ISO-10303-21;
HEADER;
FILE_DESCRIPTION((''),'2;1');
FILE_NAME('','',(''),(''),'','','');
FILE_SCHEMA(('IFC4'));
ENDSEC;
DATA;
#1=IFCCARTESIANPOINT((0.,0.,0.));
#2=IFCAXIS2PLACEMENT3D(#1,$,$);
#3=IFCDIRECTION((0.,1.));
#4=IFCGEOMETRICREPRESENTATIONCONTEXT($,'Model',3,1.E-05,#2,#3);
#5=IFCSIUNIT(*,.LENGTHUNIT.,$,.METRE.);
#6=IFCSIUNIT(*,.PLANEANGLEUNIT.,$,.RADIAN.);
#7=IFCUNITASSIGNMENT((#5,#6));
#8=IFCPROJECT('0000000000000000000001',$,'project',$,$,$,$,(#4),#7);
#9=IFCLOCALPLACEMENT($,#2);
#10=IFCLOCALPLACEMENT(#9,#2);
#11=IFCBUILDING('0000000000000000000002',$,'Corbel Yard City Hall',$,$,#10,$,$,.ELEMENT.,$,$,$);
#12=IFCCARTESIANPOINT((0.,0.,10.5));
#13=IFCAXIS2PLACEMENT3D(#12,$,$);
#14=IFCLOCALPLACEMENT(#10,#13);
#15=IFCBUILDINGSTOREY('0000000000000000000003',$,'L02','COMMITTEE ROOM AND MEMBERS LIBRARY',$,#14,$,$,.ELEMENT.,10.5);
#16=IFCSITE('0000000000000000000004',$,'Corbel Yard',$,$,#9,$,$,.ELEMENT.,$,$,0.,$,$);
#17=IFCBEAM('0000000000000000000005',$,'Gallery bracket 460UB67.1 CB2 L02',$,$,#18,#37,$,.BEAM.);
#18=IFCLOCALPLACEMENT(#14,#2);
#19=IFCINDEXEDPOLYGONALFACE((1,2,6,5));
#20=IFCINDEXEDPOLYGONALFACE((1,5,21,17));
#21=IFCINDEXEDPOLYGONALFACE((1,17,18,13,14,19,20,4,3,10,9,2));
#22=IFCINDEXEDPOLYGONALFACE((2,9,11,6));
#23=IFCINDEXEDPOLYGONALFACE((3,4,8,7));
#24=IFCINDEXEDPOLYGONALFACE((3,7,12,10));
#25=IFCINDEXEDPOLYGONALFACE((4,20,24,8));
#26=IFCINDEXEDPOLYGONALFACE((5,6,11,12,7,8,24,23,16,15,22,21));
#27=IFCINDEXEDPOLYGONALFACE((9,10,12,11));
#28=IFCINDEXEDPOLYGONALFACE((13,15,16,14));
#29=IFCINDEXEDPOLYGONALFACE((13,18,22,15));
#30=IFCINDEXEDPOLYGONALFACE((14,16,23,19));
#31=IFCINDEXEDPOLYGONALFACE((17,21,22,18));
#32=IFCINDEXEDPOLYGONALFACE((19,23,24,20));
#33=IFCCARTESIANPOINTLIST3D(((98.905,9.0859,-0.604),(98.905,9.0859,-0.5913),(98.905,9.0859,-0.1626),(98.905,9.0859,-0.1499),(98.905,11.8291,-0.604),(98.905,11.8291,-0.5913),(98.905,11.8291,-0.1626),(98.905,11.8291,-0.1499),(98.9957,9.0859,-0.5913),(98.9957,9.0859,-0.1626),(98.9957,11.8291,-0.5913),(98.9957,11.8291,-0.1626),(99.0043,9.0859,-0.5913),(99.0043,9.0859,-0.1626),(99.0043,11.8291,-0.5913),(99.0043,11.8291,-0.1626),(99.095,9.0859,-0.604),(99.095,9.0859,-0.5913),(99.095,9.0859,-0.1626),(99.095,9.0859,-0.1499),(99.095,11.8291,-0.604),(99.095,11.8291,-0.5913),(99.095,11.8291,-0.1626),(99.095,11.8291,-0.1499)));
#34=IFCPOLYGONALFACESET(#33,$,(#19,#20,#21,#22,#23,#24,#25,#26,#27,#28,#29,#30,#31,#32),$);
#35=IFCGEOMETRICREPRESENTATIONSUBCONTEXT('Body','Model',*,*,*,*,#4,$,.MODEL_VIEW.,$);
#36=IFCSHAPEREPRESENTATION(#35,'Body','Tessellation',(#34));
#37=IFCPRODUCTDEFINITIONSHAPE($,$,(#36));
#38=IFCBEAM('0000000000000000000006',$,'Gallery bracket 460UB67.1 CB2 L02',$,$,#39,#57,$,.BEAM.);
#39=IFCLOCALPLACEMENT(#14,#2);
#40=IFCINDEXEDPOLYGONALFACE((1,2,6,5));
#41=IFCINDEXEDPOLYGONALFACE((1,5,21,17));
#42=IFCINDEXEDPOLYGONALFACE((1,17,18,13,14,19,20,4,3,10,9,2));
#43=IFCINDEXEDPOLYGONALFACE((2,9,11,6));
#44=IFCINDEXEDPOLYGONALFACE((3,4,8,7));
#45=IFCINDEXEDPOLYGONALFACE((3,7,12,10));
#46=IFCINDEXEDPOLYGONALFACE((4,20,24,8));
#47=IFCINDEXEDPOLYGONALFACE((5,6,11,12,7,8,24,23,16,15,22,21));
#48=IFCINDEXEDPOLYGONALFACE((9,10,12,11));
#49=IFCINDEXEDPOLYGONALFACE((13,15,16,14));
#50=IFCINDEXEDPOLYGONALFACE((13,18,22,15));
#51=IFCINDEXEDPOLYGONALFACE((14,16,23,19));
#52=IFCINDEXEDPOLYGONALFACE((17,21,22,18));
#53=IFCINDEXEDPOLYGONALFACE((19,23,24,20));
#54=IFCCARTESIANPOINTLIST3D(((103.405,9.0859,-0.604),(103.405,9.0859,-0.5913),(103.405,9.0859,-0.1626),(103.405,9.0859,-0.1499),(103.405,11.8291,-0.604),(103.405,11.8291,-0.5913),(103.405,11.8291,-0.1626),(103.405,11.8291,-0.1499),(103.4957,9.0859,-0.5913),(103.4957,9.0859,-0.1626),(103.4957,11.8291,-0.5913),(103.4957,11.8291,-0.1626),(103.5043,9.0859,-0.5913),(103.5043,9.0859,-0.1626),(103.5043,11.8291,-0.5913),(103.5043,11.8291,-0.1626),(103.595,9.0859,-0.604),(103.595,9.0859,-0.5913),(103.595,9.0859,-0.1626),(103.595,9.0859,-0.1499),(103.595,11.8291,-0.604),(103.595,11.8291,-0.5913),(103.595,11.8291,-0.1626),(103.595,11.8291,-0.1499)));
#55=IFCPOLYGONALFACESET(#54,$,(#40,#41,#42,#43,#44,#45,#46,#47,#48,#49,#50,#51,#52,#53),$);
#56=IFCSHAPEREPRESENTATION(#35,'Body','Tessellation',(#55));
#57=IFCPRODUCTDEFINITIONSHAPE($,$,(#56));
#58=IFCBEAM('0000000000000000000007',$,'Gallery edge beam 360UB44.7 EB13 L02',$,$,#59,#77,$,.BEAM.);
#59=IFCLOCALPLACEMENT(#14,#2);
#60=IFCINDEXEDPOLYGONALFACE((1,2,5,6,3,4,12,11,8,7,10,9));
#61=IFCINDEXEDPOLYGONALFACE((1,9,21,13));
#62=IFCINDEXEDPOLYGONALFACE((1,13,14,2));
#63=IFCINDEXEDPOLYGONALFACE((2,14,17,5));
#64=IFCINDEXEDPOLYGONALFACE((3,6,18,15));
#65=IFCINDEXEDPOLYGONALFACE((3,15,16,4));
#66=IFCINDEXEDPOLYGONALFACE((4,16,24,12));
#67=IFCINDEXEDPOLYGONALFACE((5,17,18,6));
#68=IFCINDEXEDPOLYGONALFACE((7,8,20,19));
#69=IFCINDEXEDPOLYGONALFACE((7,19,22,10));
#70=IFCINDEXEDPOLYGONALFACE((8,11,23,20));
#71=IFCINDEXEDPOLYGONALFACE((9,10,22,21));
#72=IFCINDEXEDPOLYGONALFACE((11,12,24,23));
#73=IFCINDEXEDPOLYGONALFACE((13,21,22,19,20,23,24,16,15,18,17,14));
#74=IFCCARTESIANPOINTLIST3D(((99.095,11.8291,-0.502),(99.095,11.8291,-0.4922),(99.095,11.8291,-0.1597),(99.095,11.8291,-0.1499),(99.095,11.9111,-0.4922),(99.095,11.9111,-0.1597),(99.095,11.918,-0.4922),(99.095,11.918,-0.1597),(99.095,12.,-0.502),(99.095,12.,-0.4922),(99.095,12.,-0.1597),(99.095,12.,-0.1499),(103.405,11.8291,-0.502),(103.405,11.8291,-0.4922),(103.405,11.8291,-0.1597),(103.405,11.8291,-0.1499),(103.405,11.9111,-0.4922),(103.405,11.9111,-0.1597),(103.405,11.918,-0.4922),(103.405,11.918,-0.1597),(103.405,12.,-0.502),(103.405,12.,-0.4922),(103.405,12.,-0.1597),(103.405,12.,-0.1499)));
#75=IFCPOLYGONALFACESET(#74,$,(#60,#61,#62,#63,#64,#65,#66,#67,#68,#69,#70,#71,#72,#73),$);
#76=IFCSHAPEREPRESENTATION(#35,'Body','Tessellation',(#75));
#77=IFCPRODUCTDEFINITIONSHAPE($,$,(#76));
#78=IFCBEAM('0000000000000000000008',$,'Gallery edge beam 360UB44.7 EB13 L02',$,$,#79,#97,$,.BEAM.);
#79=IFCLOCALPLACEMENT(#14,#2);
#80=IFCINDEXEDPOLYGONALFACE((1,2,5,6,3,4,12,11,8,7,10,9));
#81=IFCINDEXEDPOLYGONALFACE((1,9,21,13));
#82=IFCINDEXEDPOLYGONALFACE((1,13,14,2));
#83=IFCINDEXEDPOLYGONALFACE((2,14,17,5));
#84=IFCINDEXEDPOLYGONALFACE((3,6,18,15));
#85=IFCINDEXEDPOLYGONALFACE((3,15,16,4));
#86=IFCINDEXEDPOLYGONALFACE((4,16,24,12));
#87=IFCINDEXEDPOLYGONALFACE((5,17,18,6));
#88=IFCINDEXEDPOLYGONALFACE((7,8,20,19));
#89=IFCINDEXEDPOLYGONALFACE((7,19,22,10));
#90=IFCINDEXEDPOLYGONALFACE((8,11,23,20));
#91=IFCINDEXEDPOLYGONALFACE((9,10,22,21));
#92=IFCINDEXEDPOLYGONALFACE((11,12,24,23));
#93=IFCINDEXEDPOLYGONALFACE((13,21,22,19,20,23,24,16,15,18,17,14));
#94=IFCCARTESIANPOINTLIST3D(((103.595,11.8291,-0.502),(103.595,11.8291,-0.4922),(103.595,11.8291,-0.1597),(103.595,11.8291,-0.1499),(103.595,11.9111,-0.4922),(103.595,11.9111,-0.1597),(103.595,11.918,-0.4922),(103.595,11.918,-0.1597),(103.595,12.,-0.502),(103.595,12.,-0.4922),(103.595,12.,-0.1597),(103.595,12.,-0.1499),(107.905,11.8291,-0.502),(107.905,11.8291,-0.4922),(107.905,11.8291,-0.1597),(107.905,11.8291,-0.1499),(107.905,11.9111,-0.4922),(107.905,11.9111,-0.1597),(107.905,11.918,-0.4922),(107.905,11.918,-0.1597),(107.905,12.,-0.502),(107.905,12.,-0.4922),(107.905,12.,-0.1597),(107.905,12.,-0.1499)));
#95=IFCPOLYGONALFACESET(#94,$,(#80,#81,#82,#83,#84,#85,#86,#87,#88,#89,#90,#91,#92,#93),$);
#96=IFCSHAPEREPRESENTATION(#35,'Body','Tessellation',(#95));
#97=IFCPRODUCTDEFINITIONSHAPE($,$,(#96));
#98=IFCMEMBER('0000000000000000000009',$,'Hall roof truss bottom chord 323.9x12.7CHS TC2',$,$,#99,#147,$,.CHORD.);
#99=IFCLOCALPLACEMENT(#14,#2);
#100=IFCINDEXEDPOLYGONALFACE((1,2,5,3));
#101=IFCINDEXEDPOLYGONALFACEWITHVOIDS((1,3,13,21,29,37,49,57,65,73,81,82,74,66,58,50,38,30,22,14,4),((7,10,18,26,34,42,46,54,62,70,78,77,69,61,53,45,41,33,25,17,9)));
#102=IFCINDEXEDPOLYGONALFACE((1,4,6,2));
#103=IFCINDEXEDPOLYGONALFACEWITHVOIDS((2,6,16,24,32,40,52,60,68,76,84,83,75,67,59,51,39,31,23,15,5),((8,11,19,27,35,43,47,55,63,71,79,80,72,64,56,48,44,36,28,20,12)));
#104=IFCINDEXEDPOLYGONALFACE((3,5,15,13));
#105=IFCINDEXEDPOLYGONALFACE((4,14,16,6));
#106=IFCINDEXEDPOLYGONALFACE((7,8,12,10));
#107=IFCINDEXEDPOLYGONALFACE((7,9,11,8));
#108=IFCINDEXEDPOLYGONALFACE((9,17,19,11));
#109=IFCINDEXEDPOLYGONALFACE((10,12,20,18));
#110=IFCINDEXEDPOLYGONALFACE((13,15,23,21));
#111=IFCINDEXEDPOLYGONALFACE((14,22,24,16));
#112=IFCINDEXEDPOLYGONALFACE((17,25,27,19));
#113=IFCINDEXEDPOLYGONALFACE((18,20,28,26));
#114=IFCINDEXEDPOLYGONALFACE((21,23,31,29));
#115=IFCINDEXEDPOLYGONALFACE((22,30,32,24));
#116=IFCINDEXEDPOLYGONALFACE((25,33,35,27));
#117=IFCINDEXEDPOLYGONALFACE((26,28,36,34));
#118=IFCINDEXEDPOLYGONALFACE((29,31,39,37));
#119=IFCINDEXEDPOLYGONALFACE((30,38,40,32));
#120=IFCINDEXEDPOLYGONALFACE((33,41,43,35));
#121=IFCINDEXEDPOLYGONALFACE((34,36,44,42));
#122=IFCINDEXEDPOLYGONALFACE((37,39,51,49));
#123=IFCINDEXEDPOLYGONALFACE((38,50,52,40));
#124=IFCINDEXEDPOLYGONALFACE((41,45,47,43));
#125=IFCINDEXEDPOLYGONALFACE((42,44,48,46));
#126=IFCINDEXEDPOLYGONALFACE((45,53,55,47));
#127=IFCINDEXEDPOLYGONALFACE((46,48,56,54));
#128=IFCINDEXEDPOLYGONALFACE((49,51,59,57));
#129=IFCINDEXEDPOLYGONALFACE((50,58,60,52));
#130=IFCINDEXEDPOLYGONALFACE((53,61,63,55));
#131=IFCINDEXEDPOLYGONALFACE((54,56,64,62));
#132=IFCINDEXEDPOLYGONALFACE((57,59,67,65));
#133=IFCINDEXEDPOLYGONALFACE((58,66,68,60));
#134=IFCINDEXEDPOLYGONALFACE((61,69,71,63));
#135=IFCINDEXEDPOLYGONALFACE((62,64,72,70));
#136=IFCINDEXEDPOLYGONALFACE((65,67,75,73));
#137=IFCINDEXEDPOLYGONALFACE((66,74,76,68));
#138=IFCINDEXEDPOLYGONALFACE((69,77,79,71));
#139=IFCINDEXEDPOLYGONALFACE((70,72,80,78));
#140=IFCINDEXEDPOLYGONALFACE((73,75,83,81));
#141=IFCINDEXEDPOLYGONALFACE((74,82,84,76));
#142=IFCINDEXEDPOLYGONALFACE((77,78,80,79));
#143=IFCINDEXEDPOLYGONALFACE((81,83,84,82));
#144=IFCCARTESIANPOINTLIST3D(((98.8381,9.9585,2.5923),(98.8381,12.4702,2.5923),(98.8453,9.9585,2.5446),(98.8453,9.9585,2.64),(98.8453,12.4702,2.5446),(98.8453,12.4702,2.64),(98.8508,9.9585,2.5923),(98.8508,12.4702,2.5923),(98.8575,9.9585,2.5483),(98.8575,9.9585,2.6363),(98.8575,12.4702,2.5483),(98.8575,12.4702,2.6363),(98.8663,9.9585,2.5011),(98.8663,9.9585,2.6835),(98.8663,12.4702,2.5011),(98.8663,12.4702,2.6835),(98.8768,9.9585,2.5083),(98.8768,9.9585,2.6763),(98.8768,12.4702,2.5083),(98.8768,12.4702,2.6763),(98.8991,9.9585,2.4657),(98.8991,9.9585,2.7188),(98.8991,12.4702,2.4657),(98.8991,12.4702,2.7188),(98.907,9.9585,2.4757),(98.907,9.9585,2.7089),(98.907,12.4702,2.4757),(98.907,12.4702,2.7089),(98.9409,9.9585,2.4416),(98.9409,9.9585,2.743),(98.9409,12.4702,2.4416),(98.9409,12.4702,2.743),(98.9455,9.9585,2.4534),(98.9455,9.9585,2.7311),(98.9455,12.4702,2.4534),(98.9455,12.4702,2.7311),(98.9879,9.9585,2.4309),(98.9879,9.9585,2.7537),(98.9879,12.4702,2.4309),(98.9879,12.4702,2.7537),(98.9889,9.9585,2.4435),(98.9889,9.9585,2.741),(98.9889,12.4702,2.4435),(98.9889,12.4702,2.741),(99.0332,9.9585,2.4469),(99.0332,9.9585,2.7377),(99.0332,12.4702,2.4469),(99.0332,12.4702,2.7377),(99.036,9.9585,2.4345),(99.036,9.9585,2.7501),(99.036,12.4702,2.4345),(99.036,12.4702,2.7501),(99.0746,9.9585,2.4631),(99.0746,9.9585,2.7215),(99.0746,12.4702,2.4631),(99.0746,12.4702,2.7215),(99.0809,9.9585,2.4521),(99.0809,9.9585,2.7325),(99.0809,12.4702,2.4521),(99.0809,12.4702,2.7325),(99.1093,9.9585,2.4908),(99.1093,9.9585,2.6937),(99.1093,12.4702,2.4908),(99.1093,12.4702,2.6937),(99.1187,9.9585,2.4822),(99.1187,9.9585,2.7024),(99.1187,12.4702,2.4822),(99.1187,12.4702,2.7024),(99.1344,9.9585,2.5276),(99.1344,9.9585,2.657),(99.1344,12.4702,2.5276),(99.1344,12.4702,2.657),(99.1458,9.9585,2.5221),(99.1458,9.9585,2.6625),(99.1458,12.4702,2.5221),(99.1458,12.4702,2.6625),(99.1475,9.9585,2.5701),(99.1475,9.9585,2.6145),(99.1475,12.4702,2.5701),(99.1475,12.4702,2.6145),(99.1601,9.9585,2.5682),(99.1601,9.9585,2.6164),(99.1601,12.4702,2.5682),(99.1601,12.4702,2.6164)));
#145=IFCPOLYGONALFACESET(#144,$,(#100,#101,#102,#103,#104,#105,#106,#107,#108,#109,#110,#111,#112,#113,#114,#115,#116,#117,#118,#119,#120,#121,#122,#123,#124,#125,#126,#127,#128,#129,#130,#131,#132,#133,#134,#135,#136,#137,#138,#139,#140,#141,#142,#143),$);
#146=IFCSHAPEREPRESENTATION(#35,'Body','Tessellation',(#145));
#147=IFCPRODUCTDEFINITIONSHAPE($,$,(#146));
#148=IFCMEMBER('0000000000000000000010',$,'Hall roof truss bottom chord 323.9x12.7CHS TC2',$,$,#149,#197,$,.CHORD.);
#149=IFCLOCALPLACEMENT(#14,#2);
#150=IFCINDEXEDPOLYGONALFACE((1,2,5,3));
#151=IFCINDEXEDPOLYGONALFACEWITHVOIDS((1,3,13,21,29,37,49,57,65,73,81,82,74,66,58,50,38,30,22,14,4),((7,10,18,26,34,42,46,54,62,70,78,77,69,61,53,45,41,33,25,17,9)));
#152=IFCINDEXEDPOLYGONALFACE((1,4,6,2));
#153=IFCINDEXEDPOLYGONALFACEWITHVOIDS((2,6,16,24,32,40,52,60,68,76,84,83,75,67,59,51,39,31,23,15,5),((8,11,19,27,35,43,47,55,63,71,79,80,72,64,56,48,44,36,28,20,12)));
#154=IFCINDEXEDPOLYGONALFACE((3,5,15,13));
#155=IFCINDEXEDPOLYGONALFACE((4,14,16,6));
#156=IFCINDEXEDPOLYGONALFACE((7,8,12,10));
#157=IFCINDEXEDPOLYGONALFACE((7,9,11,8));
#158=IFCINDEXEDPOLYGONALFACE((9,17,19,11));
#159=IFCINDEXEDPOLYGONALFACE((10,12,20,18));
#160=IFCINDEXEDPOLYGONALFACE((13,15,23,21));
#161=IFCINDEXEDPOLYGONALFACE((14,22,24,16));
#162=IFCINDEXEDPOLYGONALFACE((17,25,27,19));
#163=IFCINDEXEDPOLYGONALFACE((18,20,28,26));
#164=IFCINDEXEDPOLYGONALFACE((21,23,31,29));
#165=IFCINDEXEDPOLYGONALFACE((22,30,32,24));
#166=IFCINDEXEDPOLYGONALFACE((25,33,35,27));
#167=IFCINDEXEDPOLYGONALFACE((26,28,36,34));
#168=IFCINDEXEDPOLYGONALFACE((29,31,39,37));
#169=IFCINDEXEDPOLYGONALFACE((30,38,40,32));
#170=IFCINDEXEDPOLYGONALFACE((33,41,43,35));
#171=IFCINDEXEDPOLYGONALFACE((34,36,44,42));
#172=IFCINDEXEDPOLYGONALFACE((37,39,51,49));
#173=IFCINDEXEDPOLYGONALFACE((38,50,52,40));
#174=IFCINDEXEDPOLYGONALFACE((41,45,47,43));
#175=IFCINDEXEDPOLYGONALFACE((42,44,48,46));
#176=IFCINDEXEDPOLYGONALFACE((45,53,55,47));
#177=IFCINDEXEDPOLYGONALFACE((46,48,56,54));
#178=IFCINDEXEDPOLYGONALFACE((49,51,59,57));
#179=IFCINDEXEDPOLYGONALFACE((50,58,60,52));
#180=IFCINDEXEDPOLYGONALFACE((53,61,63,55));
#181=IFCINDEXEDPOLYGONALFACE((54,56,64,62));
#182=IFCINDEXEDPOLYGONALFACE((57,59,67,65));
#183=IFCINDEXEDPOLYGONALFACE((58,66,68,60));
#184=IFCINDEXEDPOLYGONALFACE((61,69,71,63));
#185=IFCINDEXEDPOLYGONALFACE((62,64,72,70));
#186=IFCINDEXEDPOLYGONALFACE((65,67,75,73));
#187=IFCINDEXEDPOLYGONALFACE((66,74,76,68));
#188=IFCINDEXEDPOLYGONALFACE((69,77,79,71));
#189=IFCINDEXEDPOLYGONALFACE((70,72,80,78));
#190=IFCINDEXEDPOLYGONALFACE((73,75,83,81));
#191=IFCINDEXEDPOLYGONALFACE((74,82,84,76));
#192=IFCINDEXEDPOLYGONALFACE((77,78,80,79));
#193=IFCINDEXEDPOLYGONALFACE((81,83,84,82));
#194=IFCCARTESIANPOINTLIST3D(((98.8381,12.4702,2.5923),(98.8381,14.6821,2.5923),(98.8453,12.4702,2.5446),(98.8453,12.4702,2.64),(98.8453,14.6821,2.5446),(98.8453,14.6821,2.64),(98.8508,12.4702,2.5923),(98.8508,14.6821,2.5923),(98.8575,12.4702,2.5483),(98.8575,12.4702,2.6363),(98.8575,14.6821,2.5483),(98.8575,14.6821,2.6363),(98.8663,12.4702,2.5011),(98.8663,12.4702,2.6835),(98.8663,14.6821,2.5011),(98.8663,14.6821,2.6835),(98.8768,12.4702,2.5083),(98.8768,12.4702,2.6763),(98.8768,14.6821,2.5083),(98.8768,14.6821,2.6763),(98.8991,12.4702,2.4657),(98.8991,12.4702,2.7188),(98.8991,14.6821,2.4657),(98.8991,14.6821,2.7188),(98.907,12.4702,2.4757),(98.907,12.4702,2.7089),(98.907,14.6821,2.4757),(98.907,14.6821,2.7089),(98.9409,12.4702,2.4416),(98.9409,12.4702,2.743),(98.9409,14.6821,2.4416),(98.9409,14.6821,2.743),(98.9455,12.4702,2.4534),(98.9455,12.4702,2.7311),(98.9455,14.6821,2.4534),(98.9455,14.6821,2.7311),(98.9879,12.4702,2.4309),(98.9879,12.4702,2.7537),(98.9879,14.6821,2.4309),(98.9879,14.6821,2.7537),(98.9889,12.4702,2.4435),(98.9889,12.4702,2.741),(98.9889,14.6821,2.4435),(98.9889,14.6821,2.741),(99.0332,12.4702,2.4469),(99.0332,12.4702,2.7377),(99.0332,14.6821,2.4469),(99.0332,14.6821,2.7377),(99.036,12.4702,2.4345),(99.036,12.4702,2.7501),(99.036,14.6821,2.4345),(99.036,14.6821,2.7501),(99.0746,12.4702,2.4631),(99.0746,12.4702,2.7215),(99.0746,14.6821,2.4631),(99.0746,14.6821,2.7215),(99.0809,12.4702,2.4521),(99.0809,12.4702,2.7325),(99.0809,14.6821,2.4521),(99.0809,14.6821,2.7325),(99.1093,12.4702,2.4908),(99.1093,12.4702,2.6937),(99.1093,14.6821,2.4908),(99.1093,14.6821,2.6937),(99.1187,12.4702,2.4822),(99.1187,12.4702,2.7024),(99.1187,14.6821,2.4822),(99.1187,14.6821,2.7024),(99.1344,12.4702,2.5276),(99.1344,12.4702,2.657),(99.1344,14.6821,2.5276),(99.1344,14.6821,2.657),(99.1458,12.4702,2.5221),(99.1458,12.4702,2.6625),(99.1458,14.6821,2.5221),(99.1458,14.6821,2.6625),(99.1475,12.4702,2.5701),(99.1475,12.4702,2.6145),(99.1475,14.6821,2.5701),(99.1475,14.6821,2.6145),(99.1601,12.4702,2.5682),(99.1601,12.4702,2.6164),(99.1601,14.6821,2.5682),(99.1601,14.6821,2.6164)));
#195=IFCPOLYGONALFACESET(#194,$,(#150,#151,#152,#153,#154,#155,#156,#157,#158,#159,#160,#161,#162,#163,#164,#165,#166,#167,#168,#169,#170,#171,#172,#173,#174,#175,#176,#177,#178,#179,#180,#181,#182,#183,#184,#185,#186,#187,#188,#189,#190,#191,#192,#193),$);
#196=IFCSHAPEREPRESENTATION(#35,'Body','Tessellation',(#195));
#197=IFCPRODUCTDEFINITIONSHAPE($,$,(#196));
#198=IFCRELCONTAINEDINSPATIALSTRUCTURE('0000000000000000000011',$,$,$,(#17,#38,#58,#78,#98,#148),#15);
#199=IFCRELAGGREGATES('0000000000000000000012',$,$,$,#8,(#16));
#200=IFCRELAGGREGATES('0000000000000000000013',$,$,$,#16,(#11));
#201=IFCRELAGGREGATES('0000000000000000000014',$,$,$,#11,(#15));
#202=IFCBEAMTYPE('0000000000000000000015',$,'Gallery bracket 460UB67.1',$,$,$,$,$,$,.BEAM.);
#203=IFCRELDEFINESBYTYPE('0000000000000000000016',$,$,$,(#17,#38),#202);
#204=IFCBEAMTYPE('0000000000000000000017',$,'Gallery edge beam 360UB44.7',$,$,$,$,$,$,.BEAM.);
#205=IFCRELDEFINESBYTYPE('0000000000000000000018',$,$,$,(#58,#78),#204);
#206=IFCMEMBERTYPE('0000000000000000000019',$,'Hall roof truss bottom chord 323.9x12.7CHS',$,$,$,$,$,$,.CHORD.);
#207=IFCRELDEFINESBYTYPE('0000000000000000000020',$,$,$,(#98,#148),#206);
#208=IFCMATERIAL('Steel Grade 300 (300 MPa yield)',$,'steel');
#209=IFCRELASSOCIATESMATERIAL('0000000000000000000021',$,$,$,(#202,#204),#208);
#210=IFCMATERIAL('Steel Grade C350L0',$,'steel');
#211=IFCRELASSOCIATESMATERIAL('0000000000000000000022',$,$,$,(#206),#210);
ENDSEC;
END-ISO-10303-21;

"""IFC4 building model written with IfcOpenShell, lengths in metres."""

from ifc_helpers import new_model, si_unit, direction, frame, origin, origin_2d, place, context, subcontext, project, spatial, hollow_circle, i_section, extrude, material, material_profile, profile_set, type_object, element, save


model = new_model("IFC4")

# Units and contexts
model_context = context("Model", 3, precision=1e-05, world=origin(), true_north=direction((0.0, 1.0)))
body_context = subcontext(model_context, "Body", "Model", "MODEL_VIEW")
ifc_project = project(units=[si_unit("LENGTHUNIT", "METRE"), si_unit("PLANEANGLEUNIT", "RADIAN")], contexts=[model_context])

# Site, building, storey
site_placement = place(None, origin())
site = spatial("IfcSite", under=ifc_project, at=site_placement, Name="Corbel Yard", CompositionType="ELEMENT", RefElevation=0.0)
building_placement = place(site_placement, origin())
building = spatial("IfcBuilding", under=site, at=building_placement, Name="Corbel Yard City Hall", CompositionType="ELEMENT")
storey_placement = place(building_placement, frame((0.0, 0.0, 10.5)))
storey = spatial("IfcBuildingStorey", under=building, at=storey_placement, Name="L02", Description="COMMITTEE ROOM AND MEMBERS LIBRARY", CompositionType="ELEMENT", Elevation=10.5)

# Shared definitions
ifc_material_1 = material(Name="Steel Grade 300 (300 MPa yield)", Category="steel")

# Shared definitions
ifc_material_2 = material(Name="Steel Grade C350L0", Category="steel")

# Beams
ifc_material_profile_1 = material_profile(ifc_material_1, i_section(OverallWidth=0.1899, OverallDepth=0.4541, WebThickness=0.0085, FlangeThickness=0.0127, at=origin_2d()), Name="460UB67.1")
ifc_profile_set_1 = profile_set([ifc_material_profile_1], Name="Steel Grade 300 (300 MPa yield)")
beam_type_1 = type_object("IfcBeamType", Name="Gallery bracket 460UB67.1", PredefinedType="BEAM", material=ifc_profile_set_1)
for number, where, z_axis, x_axis, name in (
    (1, (99.0, 9.0859, -0.377), (0.0, 1.0, 0.0), (-1.0, 0.0, 0.0), "Gallery bracket 460UB67.1 CB2 L02"),
    (2, (103.5, 9.0859, -0.377), (0.0, 1.0, 0.0), (-1.0, 0.0, 0.0), "Gallery bracket 460UB67.1 CB2 L02"),
):
    element("IfcBeam", number, at=place(storey_placement, frame(where, z_axis=z_axis, x_axis=x_axis)), inside=storey, type_object=beam_type_1, Name=name, PredefinedType="BEAM", context=body_context, shape_type="SweptSolid", body=[
        extrude(i_section(OverallWidth=0.1899, OverallDepth=0.4541, WebThickness=0.0085, FlangeThickness=0.0127, at=origin_2d()), origin(), (0.0, 0.0, 1.0), 2.7432),
    ])
ifc_material_profile_2 = material_profile(ifc_material_1, i_section(OverallWidth=0.1709, OverallDepth=0.3521, WebThickness=0.0068, FlangeThickness=0.0098, at=origin_2d()), Name="360UB44.7")
ifc_profile_set_2 = profile_set([ifc_material_profile_2], Name="Steel Grade 300 (300 MPa yield)")
beam_type_2 = type_object("IfcBeamType", Name="Gallery edge beam 360UB44.7", PredefinedType="BEAM", material=ifc_profile_set_2)
for number, where, z_axis, x_axis, name in (
    (3, (99.095, 11.9146, -0.3259), (1.0, 0.0, 0.0), (0.0, 1.0, 0.0), "Gallery edge beam 360UB44.7 EB13 L02"),
    (4, (103.595, 11.9146, -0.3259), (1.0, 0.0, 0.0), (0.0, 1.0, 0.0), "Gallery edge beam 360UB44.7 EB13 L02"),
):
    element("IfcBeam", number, at=place(storey_placement, frame(where, z_axis=z_axis, x_axis=x_axis)), inside=storey, type_object=beam_type_2, Name=name, PredefinedType="BEAM", context=body_context, shape_type="SweptSolid", body=[
        extrude(i_section(OverallWidth=0.1709, OverallDepth=0.3521, WebThickness=0.0068, FlangeThickness=0.0098, at=origin_2d()), origin(), (0.0, 0.0, 1.0), 4.3101),
    ])

# Members
ifc_material_profile_3 = material_profile(ifc_material_2, hollow_circle(Radius=0.1619, WallThickness=0.0127, at=origin_2d()), Name="323.9x12.7CHS")
ifc_profile_set_3 = profile_set([ifc_material_profile_3], Name="Steel Grade C350L0")
member_type_1 = type_object("IfcMemberType", Name="Hall roof truss bottom chord 323.9x12.7CHS", PredefinedType="CHORD", material=ifc_profile_set_3)
member_1_placement = place(storey_placement, frame((99.0, 9.9585, 2.5923), z_axis=(0.0, 1.0, 0.0), x_axis=(-1.0, 0.0, 0.0)))
element("IfcMember", 5, at=member_1_placement, inside=storey, type_object=member_type_1, Name="Hall roof truss bottom chord 323.9x12.7CHS TC2", PredefinedType="CHORD", context=body_context, shape_type="SweptSolid", body=[
    extrude(hollow_circle(Radius=0.1619, WallThickness=0.0127, at=origin_2d()), origin(), (0.0, 0.0, 1.0), 2.5117),
])
member_2_placement = place(storey_placement, frame((99.0, 12.4702, 2.5923), z_axis=(0.0, 1.0, 0.0), x_axis=(-1.0, 0.0, 0.0)))
element("IfcMember", 6, at=member_2_placement, inside=storey, type_object=member_type_1, Name="Hall roof truss bottom chord 323.9x12.7CHS TC2", PredefinedType="CHORD", context=body_context, shape_type="SweptSolid", body=[
    extrude(hollow_circle(Radius=0.1619, WallThickness=0.0127, at=origin_2d()), origin(), (0.0, 0.0, 1.0), 2.2119),
])

save(model, "model.ifc")
